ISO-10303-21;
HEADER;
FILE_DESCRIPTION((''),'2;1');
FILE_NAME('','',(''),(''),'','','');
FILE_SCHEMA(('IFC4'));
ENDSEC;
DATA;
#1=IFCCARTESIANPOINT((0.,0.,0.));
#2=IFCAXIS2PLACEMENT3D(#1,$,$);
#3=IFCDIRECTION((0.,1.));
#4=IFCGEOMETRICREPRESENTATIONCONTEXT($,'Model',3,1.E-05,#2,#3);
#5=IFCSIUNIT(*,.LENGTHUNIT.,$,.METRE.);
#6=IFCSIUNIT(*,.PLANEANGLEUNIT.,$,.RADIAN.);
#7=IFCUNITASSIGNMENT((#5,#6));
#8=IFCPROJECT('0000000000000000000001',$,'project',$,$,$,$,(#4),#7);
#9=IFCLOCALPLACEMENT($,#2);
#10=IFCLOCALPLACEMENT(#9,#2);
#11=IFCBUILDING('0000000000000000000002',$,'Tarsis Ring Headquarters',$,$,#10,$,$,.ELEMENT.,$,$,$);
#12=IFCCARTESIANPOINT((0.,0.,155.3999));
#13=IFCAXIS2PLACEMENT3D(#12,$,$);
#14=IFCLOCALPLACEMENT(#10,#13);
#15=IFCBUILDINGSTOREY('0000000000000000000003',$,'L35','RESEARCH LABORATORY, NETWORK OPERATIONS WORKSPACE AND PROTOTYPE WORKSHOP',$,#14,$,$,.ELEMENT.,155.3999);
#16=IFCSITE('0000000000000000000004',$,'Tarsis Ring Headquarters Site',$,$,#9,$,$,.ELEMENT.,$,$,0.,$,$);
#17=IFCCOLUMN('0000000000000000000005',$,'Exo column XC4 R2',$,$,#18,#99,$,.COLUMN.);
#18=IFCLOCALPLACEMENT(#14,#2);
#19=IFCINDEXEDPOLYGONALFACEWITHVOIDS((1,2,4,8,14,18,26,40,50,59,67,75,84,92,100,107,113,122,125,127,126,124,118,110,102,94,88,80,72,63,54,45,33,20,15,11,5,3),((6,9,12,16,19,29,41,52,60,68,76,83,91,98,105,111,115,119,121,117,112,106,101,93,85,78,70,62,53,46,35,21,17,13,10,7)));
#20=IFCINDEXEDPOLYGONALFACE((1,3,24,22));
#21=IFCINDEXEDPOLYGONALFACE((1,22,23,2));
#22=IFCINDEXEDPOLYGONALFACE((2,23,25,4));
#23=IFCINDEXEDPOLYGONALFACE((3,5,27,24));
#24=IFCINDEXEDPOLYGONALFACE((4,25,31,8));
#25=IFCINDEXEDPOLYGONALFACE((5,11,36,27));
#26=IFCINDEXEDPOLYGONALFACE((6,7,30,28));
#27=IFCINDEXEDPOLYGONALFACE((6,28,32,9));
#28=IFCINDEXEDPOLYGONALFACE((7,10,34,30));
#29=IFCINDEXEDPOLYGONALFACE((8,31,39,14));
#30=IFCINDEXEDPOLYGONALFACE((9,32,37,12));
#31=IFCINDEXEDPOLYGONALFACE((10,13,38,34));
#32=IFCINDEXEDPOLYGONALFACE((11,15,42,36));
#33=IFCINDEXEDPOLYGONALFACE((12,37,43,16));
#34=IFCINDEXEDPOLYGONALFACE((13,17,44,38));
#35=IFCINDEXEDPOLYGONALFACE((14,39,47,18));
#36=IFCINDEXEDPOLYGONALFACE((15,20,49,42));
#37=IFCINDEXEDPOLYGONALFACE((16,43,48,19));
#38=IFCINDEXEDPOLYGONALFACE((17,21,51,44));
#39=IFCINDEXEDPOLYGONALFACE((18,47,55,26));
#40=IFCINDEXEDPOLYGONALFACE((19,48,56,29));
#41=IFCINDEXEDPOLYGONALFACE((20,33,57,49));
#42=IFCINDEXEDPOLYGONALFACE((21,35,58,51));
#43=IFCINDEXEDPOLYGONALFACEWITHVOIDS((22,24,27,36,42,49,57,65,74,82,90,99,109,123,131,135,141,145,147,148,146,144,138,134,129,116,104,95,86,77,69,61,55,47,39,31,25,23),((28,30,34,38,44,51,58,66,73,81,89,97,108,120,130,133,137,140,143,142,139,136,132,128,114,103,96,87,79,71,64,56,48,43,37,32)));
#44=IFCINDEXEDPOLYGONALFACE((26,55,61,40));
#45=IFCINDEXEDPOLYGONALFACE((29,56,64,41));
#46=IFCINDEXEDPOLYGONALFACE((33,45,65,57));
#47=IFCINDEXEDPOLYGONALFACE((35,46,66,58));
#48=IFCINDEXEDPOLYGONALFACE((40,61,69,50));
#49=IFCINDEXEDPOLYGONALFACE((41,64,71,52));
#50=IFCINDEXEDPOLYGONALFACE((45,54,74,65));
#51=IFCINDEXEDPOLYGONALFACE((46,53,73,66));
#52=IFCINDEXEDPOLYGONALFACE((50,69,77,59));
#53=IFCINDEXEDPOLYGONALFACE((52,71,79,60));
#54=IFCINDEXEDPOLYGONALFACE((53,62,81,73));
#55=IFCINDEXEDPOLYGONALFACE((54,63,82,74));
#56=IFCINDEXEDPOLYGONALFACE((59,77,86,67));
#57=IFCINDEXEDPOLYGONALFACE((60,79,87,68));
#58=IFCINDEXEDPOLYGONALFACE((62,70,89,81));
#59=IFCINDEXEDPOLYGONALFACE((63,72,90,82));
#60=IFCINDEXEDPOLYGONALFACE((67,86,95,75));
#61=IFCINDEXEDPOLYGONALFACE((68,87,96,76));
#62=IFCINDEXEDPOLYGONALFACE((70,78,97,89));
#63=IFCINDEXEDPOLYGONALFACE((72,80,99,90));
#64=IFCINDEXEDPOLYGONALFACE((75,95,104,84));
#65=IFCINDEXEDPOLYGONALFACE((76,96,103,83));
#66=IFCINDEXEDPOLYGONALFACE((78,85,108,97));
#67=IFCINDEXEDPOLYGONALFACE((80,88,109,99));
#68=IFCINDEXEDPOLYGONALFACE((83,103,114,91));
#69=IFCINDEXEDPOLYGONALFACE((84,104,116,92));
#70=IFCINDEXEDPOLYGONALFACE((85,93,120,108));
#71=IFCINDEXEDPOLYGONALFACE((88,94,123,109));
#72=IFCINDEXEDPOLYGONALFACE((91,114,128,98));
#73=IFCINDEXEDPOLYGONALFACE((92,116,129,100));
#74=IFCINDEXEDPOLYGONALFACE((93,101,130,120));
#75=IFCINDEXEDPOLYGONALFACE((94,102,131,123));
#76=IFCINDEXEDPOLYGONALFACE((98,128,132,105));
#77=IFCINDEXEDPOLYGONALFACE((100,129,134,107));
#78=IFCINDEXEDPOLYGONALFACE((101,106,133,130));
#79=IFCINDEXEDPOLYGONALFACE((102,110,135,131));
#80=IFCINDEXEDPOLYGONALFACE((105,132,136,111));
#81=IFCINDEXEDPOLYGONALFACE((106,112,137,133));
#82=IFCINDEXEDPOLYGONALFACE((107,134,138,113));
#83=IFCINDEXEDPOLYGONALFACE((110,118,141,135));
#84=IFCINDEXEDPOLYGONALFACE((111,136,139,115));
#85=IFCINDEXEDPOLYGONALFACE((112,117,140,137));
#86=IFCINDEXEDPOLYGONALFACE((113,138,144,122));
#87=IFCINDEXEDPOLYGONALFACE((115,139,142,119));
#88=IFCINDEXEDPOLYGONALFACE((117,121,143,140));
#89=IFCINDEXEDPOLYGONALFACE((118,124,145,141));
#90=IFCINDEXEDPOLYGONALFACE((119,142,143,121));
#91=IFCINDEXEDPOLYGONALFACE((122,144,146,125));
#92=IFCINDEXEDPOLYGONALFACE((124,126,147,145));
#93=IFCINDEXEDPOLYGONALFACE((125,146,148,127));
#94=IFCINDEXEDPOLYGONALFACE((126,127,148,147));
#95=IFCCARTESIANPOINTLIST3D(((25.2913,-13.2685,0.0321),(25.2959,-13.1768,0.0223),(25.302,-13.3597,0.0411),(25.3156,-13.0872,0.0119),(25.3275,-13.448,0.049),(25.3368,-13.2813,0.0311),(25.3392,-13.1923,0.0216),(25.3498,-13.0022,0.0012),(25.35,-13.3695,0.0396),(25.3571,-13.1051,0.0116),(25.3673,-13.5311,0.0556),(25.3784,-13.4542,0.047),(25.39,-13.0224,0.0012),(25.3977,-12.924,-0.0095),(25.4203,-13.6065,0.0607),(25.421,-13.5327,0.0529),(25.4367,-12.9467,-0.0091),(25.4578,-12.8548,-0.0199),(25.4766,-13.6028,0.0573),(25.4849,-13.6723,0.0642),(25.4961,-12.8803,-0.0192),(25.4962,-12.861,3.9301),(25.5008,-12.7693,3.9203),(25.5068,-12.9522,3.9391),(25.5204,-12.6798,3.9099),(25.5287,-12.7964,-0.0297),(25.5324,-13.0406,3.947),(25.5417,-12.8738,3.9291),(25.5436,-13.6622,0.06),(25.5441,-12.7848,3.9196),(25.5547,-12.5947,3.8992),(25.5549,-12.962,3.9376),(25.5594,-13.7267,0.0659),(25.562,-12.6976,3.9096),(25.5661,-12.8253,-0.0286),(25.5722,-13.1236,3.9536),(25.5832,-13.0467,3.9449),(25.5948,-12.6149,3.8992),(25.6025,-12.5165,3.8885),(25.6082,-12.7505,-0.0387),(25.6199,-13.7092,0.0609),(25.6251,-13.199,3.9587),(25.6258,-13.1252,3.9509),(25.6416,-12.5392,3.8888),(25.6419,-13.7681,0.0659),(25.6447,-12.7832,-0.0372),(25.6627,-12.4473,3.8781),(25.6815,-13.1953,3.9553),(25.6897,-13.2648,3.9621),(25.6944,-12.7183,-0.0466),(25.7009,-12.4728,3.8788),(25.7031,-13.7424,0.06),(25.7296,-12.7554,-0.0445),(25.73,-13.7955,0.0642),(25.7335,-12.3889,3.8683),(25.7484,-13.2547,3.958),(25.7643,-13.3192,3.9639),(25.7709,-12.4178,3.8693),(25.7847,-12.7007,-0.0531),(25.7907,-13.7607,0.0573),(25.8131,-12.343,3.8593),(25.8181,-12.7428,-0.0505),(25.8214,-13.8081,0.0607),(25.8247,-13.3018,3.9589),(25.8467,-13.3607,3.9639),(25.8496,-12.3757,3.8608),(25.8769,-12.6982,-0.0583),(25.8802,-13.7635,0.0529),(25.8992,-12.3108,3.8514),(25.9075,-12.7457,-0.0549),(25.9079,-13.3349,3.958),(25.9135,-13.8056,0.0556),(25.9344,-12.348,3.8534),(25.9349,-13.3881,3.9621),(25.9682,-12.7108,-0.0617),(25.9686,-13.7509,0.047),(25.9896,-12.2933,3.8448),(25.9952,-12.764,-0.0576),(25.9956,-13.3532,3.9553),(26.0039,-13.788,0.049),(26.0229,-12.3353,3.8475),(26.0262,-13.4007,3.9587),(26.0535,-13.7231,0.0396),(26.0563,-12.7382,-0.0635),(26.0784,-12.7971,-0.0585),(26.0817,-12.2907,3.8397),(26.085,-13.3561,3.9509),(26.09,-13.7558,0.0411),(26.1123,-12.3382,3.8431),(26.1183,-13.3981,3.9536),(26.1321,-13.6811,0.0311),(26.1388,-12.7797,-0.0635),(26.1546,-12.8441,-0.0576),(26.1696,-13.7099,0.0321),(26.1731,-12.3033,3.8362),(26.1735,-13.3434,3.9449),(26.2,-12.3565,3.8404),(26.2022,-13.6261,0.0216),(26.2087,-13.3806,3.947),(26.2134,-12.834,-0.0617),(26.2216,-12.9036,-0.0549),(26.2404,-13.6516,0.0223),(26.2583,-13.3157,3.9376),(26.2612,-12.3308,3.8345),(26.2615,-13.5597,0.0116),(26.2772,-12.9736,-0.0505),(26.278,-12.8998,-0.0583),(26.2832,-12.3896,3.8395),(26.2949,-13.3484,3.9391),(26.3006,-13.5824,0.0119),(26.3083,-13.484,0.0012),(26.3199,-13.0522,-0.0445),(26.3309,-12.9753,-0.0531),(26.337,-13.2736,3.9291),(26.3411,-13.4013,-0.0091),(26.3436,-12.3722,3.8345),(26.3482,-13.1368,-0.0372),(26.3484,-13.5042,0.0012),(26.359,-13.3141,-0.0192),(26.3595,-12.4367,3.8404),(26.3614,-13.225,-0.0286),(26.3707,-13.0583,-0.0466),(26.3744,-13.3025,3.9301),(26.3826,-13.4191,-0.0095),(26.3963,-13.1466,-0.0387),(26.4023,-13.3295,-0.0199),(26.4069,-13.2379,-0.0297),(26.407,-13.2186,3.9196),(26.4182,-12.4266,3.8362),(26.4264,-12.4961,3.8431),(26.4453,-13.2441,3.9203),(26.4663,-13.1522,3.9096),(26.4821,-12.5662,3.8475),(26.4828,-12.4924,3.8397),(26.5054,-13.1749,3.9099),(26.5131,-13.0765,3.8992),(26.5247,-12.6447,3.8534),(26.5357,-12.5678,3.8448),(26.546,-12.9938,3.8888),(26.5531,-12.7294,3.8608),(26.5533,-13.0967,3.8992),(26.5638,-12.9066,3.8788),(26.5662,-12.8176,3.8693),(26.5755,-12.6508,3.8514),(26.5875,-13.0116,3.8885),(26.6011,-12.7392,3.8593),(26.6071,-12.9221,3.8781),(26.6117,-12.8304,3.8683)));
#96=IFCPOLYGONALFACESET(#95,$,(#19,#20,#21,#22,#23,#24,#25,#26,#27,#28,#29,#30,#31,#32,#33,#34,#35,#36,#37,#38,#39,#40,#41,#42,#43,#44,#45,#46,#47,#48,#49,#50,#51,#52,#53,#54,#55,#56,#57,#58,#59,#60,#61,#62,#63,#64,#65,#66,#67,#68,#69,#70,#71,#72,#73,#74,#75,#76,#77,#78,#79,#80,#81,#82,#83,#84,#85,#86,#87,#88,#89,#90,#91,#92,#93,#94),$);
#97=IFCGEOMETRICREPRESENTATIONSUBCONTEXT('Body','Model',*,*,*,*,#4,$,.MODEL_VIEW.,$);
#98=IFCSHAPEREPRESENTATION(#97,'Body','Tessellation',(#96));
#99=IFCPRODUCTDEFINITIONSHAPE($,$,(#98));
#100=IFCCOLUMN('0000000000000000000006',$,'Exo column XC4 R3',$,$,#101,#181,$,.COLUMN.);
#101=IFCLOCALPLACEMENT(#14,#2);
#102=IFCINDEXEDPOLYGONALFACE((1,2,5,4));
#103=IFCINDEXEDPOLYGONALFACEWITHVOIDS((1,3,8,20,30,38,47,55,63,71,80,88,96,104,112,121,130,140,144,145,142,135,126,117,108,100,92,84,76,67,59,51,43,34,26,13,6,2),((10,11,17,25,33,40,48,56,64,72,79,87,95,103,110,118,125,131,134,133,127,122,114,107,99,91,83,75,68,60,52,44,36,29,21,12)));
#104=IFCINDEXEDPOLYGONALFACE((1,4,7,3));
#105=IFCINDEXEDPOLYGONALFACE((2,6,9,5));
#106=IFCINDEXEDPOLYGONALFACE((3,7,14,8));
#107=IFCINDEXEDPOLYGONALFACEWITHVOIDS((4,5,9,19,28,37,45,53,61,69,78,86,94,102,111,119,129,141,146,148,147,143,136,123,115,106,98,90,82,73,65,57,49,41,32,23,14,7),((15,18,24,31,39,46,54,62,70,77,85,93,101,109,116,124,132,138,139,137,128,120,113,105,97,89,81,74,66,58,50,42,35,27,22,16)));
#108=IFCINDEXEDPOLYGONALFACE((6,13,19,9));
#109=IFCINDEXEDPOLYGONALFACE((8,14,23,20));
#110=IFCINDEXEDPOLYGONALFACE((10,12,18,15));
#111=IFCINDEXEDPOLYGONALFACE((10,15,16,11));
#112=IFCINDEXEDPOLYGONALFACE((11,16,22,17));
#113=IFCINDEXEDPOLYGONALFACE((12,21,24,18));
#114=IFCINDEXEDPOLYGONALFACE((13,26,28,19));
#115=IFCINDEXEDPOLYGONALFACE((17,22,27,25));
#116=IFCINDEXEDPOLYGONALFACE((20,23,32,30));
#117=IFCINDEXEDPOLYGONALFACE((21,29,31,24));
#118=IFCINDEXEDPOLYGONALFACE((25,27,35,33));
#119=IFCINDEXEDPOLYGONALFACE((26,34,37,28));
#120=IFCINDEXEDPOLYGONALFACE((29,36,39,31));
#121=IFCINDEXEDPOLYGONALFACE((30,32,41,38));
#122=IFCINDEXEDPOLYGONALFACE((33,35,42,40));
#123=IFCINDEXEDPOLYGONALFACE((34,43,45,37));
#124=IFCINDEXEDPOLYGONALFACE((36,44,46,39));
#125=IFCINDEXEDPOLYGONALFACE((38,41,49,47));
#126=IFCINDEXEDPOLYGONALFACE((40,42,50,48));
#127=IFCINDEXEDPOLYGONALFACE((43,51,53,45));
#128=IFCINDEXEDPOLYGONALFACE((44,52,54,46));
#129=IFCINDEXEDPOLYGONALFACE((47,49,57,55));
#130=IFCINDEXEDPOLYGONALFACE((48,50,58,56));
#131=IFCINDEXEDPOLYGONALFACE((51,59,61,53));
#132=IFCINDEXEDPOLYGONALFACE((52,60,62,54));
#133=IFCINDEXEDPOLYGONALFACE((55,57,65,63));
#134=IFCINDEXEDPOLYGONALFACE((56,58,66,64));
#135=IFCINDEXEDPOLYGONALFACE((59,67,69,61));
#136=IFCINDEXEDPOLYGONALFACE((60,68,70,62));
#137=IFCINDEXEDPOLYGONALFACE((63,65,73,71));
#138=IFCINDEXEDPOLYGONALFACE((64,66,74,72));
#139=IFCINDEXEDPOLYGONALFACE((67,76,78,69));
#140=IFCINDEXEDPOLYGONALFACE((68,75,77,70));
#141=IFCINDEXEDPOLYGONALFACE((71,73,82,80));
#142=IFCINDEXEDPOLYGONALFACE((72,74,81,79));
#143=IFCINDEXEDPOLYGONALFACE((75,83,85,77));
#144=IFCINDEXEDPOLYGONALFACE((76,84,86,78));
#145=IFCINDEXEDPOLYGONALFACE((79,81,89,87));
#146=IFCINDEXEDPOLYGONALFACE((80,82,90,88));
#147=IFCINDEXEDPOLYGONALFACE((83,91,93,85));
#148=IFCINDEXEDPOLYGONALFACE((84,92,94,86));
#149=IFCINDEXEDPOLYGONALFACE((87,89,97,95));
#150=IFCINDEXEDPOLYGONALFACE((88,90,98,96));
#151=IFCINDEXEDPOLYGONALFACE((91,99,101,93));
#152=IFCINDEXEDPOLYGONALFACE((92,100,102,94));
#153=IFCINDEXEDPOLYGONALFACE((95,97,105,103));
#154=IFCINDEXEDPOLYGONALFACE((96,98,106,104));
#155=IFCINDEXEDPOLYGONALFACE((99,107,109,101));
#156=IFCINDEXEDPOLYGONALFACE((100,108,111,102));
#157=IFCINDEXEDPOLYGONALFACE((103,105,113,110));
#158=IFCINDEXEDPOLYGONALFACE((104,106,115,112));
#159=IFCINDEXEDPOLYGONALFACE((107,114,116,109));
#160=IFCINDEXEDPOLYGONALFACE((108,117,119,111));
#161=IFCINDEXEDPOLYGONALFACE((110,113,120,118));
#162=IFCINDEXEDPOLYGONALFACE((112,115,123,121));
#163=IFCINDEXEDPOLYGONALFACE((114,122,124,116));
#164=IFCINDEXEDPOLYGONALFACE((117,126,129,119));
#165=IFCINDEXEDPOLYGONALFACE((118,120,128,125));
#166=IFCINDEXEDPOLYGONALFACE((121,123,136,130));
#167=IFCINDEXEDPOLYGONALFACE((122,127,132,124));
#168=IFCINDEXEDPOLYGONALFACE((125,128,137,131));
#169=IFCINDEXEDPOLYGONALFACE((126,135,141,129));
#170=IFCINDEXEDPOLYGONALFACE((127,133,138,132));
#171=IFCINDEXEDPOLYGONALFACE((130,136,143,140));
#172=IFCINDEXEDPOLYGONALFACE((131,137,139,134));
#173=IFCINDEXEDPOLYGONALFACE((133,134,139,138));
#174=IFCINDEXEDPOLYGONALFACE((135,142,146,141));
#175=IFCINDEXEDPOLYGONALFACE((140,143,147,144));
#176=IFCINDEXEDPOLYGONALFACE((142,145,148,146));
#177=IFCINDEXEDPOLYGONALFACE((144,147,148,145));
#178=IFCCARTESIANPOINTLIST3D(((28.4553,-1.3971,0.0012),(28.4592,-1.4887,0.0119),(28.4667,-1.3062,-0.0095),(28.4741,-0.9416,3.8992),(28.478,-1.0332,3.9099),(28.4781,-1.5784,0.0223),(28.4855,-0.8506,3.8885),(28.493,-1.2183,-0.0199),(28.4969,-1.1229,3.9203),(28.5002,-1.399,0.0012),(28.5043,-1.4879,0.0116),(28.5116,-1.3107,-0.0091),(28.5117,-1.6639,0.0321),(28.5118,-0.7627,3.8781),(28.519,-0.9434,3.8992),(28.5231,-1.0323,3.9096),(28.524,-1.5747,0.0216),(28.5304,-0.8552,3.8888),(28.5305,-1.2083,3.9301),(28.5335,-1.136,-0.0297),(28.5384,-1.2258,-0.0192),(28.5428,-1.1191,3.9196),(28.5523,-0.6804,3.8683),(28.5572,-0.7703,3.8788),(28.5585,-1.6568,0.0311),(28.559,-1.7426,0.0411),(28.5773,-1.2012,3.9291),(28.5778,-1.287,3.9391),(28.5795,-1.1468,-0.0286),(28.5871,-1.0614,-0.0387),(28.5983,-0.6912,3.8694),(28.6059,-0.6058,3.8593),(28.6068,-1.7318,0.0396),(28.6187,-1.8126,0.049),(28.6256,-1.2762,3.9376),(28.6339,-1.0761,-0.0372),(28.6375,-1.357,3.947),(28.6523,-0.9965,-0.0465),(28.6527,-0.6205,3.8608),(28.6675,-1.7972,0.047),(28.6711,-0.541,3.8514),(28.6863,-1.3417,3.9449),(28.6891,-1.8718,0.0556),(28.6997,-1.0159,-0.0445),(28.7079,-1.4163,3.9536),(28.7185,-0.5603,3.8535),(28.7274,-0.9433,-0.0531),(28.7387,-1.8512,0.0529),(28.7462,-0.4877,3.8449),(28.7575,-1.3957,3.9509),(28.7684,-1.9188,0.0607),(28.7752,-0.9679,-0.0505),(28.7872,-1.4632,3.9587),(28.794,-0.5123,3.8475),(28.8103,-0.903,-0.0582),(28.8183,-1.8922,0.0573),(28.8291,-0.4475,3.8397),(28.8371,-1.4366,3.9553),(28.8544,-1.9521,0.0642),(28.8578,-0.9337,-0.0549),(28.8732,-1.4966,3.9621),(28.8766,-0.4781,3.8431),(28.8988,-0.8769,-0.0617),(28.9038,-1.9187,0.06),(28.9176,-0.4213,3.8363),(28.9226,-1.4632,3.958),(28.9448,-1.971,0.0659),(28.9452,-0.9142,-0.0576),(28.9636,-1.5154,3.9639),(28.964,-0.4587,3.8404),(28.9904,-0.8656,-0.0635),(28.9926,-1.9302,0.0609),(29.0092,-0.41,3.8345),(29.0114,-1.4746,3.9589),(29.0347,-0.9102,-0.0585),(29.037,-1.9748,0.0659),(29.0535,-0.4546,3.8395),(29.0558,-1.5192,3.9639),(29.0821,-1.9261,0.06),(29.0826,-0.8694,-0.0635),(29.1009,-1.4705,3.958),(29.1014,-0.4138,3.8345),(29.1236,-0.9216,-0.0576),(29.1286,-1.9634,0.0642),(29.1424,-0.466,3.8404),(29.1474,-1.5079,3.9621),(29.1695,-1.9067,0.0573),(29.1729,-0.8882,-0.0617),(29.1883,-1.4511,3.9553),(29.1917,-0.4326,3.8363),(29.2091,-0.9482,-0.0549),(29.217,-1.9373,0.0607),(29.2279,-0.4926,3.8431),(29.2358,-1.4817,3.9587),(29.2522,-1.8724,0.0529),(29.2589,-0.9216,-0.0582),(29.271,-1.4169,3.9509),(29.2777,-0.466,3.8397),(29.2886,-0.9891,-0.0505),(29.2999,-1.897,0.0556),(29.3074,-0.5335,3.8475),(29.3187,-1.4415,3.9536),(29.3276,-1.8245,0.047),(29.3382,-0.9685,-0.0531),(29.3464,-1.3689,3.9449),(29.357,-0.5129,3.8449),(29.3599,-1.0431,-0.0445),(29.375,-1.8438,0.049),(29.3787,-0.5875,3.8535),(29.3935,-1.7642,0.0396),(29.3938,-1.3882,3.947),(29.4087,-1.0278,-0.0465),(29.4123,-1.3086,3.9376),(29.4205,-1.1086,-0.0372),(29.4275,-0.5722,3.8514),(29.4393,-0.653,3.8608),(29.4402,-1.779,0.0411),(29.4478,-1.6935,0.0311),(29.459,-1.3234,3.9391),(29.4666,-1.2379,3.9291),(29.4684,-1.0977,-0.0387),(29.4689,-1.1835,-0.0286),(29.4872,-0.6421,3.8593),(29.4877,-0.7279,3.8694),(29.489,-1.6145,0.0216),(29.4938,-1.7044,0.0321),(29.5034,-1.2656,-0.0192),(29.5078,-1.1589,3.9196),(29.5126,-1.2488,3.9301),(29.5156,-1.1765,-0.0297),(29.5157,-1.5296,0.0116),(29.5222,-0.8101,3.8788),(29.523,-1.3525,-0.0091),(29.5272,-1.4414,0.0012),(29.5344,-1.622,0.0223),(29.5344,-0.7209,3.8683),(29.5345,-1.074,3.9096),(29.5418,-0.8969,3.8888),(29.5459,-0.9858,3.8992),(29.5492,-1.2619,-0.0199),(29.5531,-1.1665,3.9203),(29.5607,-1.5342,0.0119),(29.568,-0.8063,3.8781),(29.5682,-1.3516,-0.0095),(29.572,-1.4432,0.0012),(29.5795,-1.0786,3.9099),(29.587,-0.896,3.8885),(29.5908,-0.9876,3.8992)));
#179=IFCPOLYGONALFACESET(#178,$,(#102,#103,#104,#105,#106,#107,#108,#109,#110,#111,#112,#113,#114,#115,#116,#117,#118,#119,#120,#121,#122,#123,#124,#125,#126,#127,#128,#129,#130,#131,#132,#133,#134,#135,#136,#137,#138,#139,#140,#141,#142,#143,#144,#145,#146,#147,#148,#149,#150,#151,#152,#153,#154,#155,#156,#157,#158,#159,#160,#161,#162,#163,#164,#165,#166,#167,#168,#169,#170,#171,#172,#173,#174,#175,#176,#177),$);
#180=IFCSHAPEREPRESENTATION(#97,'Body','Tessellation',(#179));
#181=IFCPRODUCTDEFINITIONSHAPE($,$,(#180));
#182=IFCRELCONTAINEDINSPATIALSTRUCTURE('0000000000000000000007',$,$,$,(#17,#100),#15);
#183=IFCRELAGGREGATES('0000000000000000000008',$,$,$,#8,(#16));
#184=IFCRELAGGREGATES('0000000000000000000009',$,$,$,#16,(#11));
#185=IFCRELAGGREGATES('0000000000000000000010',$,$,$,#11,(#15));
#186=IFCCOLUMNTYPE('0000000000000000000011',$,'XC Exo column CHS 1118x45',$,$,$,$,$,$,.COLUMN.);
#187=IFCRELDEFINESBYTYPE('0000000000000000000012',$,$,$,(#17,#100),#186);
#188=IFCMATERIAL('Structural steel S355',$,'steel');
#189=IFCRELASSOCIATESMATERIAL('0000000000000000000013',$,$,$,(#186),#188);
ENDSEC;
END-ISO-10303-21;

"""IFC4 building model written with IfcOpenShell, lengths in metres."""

from ifc_helpers import new_model, si_unit, direction, frame, origin, origin_2d, place, context, subcontext, project, spatial, hollow_circle, extrude, material, material_profile, profile_set, type_object, element, save


model = new_model("IFC4")

# Units and contexts
model_context = context("Model", 3, precision=1e-05, world=origin(), true_north=direction((0.0, 1.0)))
body_context = subcontext(model_context, "Body", "Model", "MODEL_VIEW")
ifc_project = project(units=[si_unit("LENGTHUNIT", "METRE"), si_unit("PLANEANGLEUNIT", "RADIAN")], contexts=[model_context])

# Site, building, storey
site_placement = place(None, origin())
site = spatial("IfcSite", under=ifc_project, at=site_placement, Name="Tarsis Ring Headquarters Site", CompositionType="ELEMENT", RefElevation=0.0)
building_placement = place(site_placement, origin())
building = spatial("IfcBuilding", under=site, at=building_placement, Name="Tarsis Ring Headquarters", CompositionType="ELEMENT")
storey_placement = place(building_placement, frame((0.0, 0.0, 155.3999)))
storey = spatial("IfcBuildingStorey", under=building, at=storey_placement, Name="L35", Description="RESEARCH LABORATORY, NETWORK OPERATIONS WORKSPACE AND PROTOTYPE WORKSHOP", CompositionType="ELEMENT", Elevation=155.3999)

# Columns
ifc_material_1 = material(Name="Structural steel S355", Category="steel")
ifc_material_profile_1 = material_profile(ifc_material_1, hollow_circle(Radius=0.5588, WallThickness=0.0449, at=origin_2d()), Name="CHS 1118x45")
ifc_profile_set_1 = profile_set([ifc_material_profile_1], Name="Structural steel S355")
column_type = type_object("IfcColumnType", Name="XC Exo column CHS 1118x45", PredefinedType="COLUMN", material=ifc_profile_set_1)
for number, where, z_axis, x_axis, name in (
    (1, (25.8491, -13.2532, 0.0012), (0.052193, 0.103826, 0.993225), (-0.893462, 0.44914, 0.0), "Exo column XC4 R2"),
    (2, (29.0137, -1.4202, 0.0012), (0.00479, 0.116082, 0.993228), (-0.99915, 0.04123, 0.0), "Exo column XC4 R3"),
):
    element("IfcColumn", number, at=place(storey_placement, frame(where, z_axis=z_axis, x_axis=x_axis)), inside=storey, type_object=column_type, Name=name, PredefinedType="COLUMN", context=body_context, shape_type="SweptSolid", body=[
        extrude(hollow_circle(Radius=0.5588, WallThickness=0.0449, at=origin_2d()), origin(), (0.0, 0.0, 1.0), 3.9246),
    ])

save(model, "model.ifc")
